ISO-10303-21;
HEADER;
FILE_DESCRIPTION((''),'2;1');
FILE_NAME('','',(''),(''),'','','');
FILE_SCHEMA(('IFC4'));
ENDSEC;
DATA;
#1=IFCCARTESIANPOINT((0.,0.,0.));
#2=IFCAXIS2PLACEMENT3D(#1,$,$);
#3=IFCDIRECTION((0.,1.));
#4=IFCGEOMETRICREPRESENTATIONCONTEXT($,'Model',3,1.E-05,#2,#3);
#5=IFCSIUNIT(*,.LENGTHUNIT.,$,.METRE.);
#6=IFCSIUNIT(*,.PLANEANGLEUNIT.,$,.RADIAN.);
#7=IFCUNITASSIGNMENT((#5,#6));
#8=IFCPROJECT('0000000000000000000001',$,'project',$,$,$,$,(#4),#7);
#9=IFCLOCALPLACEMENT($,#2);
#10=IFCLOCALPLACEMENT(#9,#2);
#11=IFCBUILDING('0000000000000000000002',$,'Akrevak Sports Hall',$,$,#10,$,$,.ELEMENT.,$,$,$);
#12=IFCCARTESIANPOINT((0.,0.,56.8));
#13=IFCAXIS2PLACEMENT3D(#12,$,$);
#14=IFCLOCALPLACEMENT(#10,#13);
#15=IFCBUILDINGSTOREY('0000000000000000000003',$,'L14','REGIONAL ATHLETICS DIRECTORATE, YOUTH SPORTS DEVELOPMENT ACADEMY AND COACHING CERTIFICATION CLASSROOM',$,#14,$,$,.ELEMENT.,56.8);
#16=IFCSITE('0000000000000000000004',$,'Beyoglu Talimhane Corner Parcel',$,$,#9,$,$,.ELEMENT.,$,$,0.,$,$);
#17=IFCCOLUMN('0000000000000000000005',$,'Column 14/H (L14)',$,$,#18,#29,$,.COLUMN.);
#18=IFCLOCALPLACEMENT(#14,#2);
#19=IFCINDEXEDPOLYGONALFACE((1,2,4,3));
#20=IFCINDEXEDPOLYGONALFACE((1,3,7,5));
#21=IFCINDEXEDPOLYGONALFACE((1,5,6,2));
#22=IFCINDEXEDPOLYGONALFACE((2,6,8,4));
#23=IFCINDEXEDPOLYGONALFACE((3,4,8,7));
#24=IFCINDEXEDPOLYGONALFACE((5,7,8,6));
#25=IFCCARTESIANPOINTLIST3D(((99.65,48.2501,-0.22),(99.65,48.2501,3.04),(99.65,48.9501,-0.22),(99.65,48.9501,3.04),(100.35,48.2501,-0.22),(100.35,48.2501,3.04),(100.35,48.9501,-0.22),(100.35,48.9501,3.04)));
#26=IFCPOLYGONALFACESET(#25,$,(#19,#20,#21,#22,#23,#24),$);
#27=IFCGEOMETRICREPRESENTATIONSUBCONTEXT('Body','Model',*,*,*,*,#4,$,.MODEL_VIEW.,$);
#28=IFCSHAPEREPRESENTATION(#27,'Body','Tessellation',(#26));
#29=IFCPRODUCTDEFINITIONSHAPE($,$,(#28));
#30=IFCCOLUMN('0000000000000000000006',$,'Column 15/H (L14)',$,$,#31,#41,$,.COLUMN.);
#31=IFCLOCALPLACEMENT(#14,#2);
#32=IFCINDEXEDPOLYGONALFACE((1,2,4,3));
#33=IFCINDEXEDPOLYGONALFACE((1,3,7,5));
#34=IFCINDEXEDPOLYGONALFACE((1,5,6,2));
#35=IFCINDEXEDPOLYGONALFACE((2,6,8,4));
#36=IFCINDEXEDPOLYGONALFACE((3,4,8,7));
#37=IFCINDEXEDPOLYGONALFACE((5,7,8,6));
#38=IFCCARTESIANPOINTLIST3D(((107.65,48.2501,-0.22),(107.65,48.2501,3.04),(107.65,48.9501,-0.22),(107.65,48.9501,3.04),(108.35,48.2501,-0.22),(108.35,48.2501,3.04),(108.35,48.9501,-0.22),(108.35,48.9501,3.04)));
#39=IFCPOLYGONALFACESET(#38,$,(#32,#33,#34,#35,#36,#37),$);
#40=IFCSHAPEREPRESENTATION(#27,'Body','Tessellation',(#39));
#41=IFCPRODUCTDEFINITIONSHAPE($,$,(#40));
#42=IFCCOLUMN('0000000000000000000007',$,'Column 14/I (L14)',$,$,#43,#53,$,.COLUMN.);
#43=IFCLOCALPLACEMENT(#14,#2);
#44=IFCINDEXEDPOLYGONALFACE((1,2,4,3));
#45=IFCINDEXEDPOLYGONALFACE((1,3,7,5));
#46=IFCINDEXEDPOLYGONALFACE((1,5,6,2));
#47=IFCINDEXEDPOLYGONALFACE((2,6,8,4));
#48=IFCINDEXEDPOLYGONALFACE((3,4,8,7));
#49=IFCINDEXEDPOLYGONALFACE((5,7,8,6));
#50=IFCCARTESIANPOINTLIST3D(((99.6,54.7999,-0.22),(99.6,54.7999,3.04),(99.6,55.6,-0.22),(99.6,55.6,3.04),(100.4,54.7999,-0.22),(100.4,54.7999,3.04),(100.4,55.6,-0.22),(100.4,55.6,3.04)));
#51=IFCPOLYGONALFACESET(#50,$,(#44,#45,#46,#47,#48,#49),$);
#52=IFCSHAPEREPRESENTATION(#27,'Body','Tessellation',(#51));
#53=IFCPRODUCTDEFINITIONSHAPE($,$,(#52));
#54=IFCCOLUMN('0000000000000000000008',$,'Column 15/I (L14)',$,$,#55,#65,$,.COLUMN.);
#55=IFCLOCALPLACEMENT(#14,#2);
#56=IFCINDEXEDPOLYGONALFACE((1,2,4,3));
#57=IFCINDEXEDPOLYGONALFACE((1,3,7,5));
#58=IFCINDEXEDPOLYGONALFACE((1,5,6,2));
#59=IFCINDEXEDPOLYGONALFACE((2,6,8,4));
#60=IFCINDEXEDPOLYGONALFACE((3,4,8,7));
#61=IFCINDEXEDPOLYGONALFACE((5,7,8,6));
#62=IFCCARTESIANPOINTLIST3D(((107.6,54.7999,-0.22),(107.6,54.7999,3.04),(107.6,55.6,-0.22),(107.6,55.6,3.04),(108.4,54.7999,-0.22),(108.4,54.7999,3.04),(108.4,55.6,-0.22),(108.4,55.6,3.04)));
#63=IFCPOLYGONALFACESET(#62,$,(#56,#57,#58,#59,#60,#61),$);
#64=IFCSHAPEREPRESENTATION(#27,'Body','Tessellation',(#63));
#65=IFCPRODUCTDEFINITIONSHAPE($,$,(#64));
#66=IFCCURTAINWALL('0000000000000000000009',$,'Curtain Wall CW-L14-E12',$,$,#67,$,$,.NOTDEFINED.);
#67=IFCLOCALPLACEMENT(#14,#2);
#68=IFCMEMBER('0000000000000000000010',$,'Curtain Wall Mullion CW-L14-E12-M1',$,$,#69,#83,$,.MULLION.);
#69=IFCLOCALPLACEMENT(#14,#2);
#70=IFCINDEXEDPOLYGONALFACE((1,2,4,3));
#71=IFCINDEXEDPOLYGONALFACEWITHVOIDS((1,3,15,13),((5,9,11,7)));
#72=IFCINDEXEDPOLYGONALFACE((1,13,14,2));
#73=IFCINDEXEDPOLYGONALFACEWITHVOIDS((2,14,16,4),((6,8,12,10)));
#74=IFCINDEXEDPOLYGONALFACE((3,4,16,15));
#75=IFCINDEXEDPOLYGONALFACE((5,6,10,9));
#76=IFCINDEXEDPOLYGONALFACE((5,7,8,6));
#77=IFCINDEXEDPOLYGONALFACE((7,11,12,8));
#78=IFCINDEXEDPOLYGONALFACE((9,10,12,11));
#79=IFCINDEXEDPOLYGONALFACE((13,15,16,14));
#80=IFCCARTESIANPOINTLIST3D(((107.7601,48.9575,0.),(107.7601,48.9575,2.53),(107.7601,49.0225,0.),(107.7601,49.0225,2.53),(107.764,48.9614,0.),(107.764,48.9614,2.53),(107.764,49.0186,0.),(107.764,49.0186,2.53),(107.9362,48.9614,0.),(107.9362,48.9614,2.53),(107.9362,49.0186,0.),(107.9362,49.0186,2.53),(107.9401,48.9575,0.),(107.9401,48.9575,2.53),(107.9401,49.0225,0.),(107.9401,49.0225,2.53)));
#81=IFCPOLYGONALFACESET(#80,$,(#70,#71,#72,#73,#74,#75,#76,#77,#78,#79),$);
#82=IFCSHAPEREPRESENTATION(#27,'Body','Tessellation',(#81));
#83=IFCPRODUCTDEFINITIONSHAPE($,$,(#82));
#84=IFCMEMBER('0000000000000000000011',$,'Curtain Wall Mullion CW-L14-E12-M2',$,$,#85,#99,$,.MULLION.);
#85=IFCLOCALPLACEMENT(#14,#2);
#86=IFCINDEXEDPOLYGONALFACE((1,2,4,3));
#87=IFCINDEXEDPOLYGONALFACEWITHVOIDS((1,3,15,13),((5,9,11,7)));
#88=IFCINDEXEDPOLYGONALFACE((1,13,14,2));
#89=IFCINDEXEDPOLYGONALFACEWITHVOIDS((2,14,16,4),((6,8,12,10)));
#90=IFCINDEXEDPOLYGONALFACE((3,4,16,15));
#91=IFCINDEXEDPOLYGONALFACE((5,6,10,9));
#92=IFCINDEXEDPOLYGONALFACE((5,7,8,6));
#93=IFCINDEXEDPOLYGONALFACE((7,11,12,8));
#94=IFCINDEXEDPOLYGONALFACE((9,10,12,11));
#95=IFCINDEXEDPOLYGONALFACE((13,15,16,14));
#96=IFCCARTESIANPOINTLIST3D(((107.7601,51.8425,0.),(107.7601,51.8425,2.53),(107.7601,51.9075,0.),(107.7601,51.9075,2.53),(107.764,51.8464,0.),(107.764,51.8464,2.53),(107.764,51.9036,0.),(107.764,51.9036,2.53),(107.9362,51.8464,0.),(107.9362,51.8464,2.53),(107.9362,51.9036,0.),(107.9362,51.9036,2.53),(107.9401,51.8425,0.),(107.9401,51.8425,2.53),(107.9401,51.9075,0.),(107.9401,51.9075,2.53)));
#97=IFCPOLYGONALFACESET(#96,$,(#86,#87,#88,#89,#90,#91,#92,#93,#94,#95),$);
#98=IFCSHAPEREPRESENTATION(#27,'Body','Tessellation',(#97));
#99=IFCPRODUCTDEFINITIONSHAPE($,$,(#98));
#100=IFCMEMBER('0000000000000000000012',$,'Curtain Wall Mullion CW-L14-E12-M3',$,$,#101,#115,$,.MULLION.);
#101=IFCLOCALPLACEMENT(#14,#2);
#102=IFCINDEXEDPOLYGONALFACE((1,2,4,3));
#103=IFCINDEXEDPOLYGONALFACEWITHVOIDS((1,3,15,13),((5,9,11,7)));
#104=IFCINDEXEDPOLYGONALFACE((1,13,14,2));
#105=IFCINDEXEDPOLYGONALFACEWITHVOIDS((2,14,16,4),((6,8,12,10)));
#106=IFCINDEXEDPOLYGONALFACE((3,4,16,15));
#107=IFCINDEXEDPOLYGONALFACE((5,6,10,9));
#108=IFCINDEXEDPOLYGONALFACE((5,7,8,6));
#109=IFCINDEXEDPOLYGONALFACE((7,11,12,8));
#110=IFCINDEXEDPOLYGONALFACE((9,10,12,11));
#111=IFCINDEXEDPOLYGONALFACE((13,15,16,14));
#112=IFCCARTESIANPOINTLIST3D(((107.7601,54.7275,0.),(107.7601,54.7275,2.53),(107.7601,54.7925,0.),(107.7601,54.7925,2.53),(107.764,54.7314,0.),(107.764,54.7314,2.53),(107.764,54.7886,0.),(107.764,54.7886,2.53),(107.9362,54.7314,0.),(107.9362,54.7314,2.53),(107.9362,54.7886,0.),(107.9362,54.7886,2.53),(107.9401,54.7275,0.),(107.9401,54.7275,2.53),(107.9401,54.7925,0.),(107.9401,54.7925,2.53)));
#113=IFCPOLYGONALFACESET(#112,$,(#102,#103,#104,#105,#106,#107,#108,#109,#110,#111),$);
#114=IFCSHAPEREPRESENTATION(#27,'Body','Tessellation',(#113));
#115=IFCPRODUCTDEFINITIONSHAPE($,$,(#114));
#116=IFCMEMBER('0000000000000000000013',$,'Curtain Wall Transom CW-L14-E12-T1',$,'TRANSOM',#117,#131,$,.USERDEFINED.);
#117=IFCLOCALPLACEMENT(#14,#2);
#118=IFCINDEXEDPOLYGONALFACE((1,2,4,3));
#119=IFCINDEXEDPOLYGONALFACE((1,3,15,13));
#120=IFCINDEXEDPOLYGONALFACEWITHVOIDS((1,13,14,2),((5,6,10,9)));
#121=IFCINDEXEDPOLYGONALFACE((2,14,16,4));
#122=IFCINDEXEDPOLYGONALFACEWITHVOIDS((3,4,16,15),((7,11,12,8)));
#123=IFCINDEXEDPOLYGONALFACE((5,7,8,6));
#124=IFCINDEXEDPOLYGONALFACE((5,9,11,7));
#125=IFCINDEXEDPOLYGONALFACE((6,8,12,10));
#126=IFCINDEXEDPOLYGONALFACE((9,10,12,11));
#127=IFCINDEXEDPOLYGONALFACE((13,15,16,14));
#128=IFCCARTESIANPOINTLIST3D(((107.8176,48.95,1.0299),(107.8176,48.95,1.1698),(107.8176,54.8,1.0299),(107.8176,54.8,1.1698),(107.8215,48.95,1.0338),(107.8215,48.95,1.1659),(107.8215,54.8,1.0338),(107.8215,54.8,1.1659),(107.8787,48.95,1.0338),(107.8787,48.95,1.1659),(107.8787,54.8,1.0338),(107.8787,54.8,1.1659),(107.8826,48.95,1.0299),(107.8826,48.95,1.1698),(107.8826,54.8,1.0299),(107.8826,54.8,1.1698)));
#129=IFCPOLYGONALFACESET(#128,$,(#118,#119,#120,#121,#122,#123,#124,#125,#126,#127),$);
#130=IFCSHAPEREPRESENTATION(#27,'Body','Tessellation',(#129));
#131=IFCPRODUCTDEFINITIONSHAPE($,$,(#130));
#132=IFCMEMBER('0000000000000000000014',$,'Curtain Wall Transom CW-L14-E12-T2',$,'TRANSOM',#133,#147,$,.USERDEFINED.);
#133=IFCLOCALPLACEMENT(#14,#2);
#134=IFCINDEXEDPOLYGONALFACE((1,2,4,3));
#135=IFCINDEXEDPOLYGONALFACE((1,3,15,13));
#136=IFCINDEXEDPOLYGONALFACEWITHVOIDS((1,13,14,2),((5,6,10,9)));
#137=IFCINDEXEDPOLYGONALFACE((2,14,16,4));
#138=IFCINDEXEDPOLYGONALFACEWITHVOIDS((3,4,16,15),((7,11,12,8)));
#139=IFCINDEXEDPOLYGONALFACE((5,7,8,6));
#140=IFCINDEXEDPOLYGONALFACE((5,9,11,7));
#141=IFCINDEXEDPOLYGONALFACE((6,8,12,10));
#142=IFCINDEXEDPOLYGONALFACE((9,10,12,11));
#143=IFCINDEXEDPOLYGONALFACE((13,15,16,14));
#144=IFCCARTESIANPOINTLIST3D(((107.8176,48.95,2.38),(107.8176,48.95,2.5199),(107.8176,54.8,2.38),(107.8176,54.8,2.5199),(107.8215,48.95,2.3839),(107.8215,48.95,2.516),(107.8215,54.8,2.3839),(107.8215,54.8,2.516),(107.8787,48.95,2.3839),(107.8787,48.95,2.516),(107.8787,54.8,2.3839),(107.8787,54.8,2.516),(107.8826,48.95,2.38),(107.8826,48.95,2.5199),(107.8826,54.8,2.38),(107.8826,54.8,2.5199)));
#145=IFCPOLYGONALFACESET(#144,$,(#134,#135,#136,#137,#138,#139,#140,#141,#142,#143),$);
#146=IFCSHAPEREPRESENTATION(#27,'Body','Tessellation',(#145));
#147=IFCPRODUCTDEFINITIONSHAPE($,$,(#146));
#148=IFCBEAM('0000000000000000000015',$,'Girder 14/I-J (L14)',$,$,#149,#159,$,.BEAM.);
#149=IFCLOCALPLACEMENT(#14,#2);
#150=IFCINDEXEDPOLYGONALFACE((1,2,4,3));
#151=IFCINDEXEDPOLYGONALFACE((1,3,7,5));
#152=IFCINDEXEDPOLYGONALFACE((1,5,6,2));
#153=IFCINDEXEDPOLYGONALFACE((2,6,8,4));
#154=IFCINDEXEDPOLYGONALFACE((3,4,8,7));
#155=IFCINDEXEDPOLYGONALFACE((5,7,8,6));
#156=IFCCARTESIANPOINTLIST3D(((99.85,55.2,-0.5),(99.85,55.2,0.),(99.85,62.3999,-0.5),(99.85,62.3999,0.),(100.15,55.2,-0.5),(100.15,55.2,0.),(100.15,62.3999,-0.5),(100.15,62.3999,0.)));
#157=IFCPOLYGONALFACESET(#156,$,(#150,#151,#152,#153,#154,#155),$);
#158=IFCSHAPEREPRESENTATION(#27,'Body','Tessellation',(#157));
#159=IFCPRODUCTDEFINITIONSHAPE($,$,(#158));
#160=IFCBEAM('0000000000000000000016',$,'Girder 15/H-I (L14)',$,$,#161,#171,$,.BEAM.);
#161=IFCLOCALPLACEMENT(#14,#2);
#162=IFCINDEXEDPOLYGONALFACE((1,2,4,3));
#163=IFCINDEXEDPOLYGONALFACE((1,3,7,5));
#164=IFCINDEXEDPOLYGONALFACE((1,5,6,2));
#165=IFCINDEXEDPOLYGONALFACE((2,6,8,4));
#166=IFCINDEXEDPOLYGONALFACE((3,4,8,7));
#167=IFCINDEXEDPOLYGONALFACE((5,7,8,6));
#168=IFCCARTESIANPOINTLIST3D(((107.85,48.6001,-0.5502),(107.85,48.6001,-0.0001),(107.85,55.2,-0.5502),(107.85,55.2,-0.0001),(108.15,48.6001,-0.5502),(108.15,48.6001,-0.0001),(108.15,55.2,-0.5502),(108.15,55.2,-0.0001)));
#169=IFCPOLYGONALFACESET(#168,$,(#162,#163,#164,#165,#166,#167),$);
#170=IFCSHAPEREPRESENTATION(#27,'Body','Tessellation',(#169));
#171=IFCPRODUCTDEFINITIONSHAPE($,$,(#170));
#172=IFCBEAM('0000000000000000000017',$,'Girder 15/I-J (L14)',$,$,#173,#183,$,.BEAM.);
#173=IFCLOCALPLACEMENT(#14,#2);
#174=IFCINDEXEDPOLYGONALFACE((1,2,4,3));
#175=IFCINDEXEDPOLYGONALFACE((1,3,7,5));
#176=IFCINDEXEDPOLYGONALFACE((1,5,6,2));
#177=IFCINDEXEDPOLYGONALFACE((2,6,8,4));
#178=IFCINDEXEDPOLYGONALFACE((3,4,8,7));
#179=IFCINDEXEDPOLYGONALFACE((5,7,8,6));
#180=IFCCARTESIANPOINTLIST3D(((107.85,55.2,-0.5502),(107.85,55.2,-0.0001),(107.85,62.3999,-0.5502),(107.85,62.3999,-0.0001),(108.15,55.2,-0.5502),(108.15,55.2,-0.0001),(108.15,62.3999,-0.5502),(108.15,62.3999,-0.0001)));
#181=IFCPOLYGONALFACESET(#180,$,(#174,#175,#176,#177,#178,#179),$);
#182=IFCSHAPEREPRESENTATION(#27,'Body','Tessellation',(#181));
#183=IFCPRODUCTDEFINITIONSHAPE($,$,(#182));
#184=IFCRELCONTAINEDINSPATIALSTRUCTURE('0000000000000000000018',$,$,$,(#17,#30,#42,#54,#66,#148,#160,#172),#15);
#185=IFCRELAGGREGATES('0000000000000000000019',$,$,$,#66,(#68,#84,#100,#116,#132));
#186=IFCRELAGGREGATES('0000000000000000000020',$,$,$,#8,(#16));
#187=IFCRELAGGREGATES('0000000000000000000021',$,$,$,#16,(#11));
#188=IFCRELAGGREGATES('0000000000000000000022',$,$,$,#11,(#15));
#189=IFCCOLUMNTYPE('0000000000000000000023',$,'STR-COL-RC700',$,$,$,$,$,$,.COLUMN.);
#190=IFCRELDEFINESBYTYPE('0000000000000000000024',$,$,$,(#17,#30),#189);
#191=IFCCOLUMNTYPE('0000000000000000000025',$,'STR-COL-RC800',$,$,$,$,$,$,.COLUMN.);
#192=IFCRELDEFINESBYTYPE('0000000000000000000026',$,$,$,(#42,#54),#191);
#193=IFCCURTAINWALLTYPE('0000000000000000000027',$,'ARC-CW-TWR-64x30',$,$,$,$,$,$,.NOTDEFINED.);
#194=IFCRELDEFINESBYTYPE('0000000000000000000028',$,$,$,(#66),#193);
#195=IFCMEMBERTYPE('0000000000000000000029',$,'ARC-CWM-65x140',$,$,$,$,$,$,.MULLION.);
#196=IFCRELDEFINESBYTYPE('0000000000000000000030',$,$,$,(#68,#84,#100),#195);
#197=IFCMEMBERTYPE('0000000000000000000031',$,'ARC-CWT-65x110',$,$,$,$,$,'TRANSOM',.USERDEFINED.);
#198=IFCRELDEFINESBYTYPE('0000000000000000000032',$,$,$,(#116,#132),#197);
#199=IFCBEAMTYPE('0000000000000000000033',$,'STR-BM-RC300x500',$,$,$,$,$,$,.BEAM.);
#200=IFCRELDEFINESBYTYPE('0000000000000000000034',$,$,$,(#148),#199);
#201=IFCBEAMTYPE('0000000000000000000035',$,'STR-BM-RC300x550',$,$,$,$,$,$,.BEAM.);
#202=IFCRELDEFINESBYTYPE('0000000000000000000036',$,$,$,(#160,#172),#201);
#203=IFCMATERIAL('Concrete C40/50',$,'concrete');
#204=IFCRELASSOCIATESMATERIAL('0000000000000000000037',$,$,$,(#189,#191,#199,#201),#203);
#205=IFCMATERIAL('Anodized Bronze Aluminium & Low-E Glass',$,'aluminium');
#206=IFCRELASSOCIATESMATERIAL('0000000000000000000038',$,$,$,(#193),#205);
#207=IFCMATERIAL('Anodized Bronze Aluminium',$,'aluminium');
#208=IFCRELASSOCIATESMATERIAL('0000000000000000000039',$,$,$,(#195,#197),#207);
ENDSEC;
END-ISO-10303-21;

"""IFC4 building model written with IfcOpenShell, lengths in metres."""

from ifc_helpers import new_model, si_unit, direction, frame, origin, origin_2d, place, context, subcontext, project, spatial, rectangle, hollow_rectangle, extrude, material, material_profile, profile_set, type_object, element, aggregate, save


model = new_model("IFC4")

# Units and contexts
model_context = context("Model", 3, precision=1e-05, world=origin(), true_north=direction((0.0, 1.0)))
body_context = subcontext(model_context, "Body", "Model", "MODEL_VIEW")
ifc_project = project(units=[si_unit("LENGTHUNIT", "METRE"), si_unit("PLANEANGLEUNIT", "RADIAN")], contexts=[model_context])

# Site, building, storey
site_placement = place(None, origin())
site = spatial("IfcSite", under=ifc_project, at=site_placement, Name="Beyoglu Talimhane Corner Parcel", CompositionType="ELEMENT", RefElevation=0.0)
building_placement = place(site_placement, origin())
building = spatial("IfcBuilding", under=site, at=building_placement, Name="Akrevak Sports Hall", CompositionType="ELEMENT")
storey_placement = place(building_placement, frame((0.0, 0.0, 56.8)))
storey = spatial("IfcBuildingStorey", under=building, at=storey_placement, Name="L14", Description="REGIONAL ATHLETICS DIRECTORATE, YOUTH SPORTS DEVELOPMENT ACADEMY AND COACHING CERTIFICATION CLASSROOM", CompositionType="ELEMENT", Elevation=56.8)

# Columns
ifc_material_1 = material(Name="Concrete C40/50", Category="concrete")
ifc_material_profile_1 = material_profile(ifc_material_1, rectangle(XDim=0.7, YDim=0.7, at=origin_2d()), Name="RC 700x700", Category="concrete")
ifc_profile_set_1 = profile_set([ifc_material_profile_1], Name="Concrete C40/50")
column_type_1 = type_object("IfcColumnType", Name="STR-COL-RC700", PredefinedType="COLUMN", material=ifc_profile_set_1)
for number, where, z_axis, x_axis, name in (
    (1, (100.0, 48.6001, -0.22), (0.0, 0.0, 1.0), (1.0, 0.0, 0.0), "Column 14/H (L14)"),
    (2, (108.0, 48.6001, -0.22), (0.0, 0.0, 1.0), (1.0, 0.0, 0.0), "Column 15/H (L14)"),
):
    element("IfcColumn", number, at=place(storey_placement, frame(where, z_axis=z_axis, x_axis=x_axis)), inside=storey, type_object=column_type_1, Name=name, PredefinedType="COLUMN", context=body_context, shape_type="SweptSolid", body=[
        extrude(rectangle(XDim=0.7, YDim=0.7, at=origin_2d()), origin(), (0.0, 0.0, 1.0), 3.26),
    ])
ifc_material_profile_2 = material_profile(ifc_material_1, rectangle(XDim=0.8, YDim=0.8, at=origin_2d()), Name="RC 800x800", Category="concrete")
ifc_profile_set_2 = profile_set([ifc_material_profile_2], Name="Concrete C40/50")
column_type_2 = type_object("IfcColumnType", Name="STR-COL-RC800", PredefinedType="COLUMN", material=ifc_profile_set_2)
for number, where, z_axis, x_axis, name in (
    (3, (100.0, 55.2, -0.22), (0.0, 0.0, 1.0), (1.0, 0.0, 0.0), "Column 14/I (L14)"),
    (4, (108.0, 55.2, -0.22), (0.0, 0.0, 1.0), (1.0, 0.0, 0.0), "Column 15/I (L14)"),
):
    element("IfcColumn", number, at=place(storey_placement, frame(where, z_axis=z_axis, x_axis=x_axis)), inside=storey, type_object=column_type_2, Name=name, PredefinedType="COLUMN", context=body_context, shape_type="SweptSolid", body=[
        extrude(rectangle(XDim=0.8, YDim=0.8, at=origin_2d()), origin(), (0.0, 0.0, 1.0), 3.26),
    ])

# Curtain wall, members
ifc_material_2 = material(Name="Anodized Bronze Aluminium & Low-E Glass", Category="aluminium")
curtain_wall_type = type_object("IfcCurtainWallType", Name="ARC-CW-TWR-64x30", PredefinedType="NOTDEFINED", material=ifc_material_2)
curtain_wall_placement = place(storey_placement, origin())
curtain_wall = element("IfcCurtainWall", 5, at=curtain_wall_placement, inside=storey, type_object=curtain_wall_type, Name="Curtain Wall CW-L14-E12", PredefinedType="NOTDEFINED")
ifc_material_3 = material(Name="Anodized Bronze Aluminium", Category="aluminium")
ifc_material_profile_3 = material_profile(ifc_material_3, hollow_rectangle(XDim=0.0649, YDim=0.1799, WallThickness=0.0039, at=origin_2d()), Name="CWM 65x180", Category="aluminium")
ifc_profile_set_3 = profile_set([ifc_material_profile_3], Name="Anodized Bronze Aluminium")
member_type_1 = type_object("IfcMemberType", Name="ARC-CWM-65x140", PredefinedType="MULLION", material=ifc_profile_set_3)
member_1_placement = place(storey_placement, frame((107.8501, 48.99, 0.0), z_axis=(0.0, 0.0, 1.0), x_axis=(0.0, 1.0, 0.0)))
member_1 = element("IfcMember", 6, at=member_1_placement, type_object=member_type_1, Name="Curtain Wall Mullion CW-L14-E12-M1", PredefinedType="MULLION", context=body_context, shape_type="SweptSolid", body=[
    extrude(hollow_rectangle(XDim=0.0649, YDim=0.1799, WallThickness=0.0039, at=origin_2d()), origin(), (0.0, 0.0, 1.0), 2.53),
])
member_2_placement = place(storey_placement, frame((107.8501, 51.875, 0.0), z_axis=(0.0, 0.0, 1.0), x_axis=(0.0, 1.0, 0.0)))
member_2 = element("IfcMember", 7, at=member_2_placement, type_object=member_type_1, Name="Curtain Wall Mullion CW-L14-E12-M2", PredefinedType="MULLION", context=body_context, shape_type="SweptSolid", body=[
    extrude(hollow_rectangle(XDim=0.0649, YDim=0.1799, WallThickness=0.0039, at=origin_2d()), origin(), (0.0, 0.0, 1.0), 2.53),
])
member_3_placement = place(storey_placement, frame((107.8501, 54.76, 0.0), z_axis=(0.0, 0.0, 1.0), x_axis=(0.0, 1.0, 0.0)))
member_3 = element("IfcMember", 8, at=member_3_placement, type_object=member_type_1, Name="Curtain Wall Mullion CW-L14-E12-M3", PredefinedType="MULLION", context=body_context, shape_type="SweptSolid", body=[
    extrude(hollow_rectangle(XDim=0.0649, YDim=0.1799, WallThickness=0.0039, at=origin_2d()), origin(), (0.0, 0.0, 1.0), 2.53),
])
ifc_material_profile_4 = material_profile(ifc_material_3, hollow_rectangle(XDim=0.0649, YDim=0.1399, WallThickness=0.0039, at=origin_2d()), Name="CWT 65x140", Category="aluminium")
ifc_profile_set_4 = profile_set([ifc_material_profile_4], Name="Anodized Bronze Aluminium")
member_type_2 = type_object("IfcMemberType", Name="ARC-CWT-65x110", ElementType="TRANSOM", PredefinedType="USERDEFINED", material=ifc_profile_set_4)
member_4_placement = place(storey_placement, frame((107.8501, 48.95, 1.0999), z_axis=(0.0, 1.0, 0.0), x_axis=(-1.0, 0.0, 0.0)))
member_4 = element("IfcMember", 9, at=member_4_placement, type_object=member_type_2, Name="Curtain Wall Transom CW-L14-E12-T1", ObjectType="TRANSOM", PredefinedType="USERDEFINED", context=body_context, shape_type="SweptSolid", body=[
    extrude(hollow_rectangle(XDim=0.0649, YDim=0.1399, WallThickness=0.0039, at=origin_2d()), origin(), (0.0, 0.0, 1.0), 5.8501),
])
member_5_placement = place(storey_placement, frame((107.8501, 48.95, 2.45), z_axis=(0.0, 1.0, 0.0), x_axis=(-1.0, 0.0, 0.0)))
member_5 = element("IfcMember", 10, at=member_5_placement, type_object=member_type_2, Name="Curtain Wall Transom CW-L14-E12-T2", ObjectType="TRANSOM", PredefinedType="USERDEFINED", context=body_context, shape_type="SweptSolid", body=[
    extrude(hollow_rectangle(XDim=0.0649, YDim=0.1399, WallThickness=0.0039, at=origin_2d()), origin(), (0.0, 0.0, 1.0), 5.8501),
])

# Beams
ifc_material_profile_5 = material_profile(ifc_material_1, rectangle(XDim=0.3, YDim=0.5, at=origin_2d()), Name="BM 300x500", Category="concrete")
ifc_profile_set_5 = profile_set([ifc_material_profile_5], Name="Concrete C40/50")
beam_type_1 = type_object("IfcBeamType", Name="STR-BM-RC300x500", PredefinedType="BEAM", material=ifc_profile_set_5)
beam_1_placement = place(storey_placement, frame((100.0, 55.2, -0.25), z_axis=(0.0, 1.0, 0.0), x_axis=(-1.0, 0.0, 0.0)))
element("IfcBeam", 11, at=beam_1_placement, inside=storey, type_object=beam_type_1, Name="Girder 14/I-J (L14)", PredefinedType="BEAM", context=body_context, shape_type="SweptSolid", body=[
    extrude(rectangle(XDim=0.3, YDim=0.5, at=origin_2d()), origin(), (0.0, 0.0, 1.0), 7.2),
])
ifc_material_profile_6 = material_profile(ifc_material_1, rectangle(XDim=0.3, YDim=0.55, at=origin_2d()), Name="BM 300x550", Category="concrete")
ifc_profile_set_6 = profile_set([ifc_material_profile_6], Name="Concrete C40/50")
beam_type_2 = type_object("IfcBeamType", Name="STR-BM-RC300x550", PredefinedType="BEAM", material=ifc_profile_set_6)
beam_2_placement = place(storey_placement, frame((108.0, 48.6001, -0.2751), z_axis=(0.0, 1.0, 0.0), x_axis=(-1.0, 0.0, 0.0)))
element("IfcBeam", 12, at=beam_2_placement, inside=storey, type_object=beam_type_2, Name="Girder 15/H-I (L14)", PredefinedType="BEAM", context=body_context, shape_type="SweptSolid", body=[
    extrude(rectangle(XDim=0.3, YDim=0.55, at=origin_2d()), origin(), (0.0, 0.0, 1.0), 6.5999),
])
beam_3_placement = place(storey_placement, frame((108.0, 55.2, -0.2751), z_axis=(0.0, 1.0, 0.0), x_axis=(-1.0, 0.0, 0.0)))
element("IfcBeam", 13, at=beam_3_placement, inside=storey, type_object=beam_type_2, Name="Girder 15/I-J (L14)", PredefinedType="BEAM", context=body_context, shape_type="SweptSolid", body=[
    extrude(rectangle(XDim=0.3, YDim=0.55, at=origin_2d()), origin(), (0.0, 0.0, 1.0), 7.2),
])

aggregate(curtain_wall, [member_1, member_2, member_3, member_4, member_5])

save(model, "model.ifc")
